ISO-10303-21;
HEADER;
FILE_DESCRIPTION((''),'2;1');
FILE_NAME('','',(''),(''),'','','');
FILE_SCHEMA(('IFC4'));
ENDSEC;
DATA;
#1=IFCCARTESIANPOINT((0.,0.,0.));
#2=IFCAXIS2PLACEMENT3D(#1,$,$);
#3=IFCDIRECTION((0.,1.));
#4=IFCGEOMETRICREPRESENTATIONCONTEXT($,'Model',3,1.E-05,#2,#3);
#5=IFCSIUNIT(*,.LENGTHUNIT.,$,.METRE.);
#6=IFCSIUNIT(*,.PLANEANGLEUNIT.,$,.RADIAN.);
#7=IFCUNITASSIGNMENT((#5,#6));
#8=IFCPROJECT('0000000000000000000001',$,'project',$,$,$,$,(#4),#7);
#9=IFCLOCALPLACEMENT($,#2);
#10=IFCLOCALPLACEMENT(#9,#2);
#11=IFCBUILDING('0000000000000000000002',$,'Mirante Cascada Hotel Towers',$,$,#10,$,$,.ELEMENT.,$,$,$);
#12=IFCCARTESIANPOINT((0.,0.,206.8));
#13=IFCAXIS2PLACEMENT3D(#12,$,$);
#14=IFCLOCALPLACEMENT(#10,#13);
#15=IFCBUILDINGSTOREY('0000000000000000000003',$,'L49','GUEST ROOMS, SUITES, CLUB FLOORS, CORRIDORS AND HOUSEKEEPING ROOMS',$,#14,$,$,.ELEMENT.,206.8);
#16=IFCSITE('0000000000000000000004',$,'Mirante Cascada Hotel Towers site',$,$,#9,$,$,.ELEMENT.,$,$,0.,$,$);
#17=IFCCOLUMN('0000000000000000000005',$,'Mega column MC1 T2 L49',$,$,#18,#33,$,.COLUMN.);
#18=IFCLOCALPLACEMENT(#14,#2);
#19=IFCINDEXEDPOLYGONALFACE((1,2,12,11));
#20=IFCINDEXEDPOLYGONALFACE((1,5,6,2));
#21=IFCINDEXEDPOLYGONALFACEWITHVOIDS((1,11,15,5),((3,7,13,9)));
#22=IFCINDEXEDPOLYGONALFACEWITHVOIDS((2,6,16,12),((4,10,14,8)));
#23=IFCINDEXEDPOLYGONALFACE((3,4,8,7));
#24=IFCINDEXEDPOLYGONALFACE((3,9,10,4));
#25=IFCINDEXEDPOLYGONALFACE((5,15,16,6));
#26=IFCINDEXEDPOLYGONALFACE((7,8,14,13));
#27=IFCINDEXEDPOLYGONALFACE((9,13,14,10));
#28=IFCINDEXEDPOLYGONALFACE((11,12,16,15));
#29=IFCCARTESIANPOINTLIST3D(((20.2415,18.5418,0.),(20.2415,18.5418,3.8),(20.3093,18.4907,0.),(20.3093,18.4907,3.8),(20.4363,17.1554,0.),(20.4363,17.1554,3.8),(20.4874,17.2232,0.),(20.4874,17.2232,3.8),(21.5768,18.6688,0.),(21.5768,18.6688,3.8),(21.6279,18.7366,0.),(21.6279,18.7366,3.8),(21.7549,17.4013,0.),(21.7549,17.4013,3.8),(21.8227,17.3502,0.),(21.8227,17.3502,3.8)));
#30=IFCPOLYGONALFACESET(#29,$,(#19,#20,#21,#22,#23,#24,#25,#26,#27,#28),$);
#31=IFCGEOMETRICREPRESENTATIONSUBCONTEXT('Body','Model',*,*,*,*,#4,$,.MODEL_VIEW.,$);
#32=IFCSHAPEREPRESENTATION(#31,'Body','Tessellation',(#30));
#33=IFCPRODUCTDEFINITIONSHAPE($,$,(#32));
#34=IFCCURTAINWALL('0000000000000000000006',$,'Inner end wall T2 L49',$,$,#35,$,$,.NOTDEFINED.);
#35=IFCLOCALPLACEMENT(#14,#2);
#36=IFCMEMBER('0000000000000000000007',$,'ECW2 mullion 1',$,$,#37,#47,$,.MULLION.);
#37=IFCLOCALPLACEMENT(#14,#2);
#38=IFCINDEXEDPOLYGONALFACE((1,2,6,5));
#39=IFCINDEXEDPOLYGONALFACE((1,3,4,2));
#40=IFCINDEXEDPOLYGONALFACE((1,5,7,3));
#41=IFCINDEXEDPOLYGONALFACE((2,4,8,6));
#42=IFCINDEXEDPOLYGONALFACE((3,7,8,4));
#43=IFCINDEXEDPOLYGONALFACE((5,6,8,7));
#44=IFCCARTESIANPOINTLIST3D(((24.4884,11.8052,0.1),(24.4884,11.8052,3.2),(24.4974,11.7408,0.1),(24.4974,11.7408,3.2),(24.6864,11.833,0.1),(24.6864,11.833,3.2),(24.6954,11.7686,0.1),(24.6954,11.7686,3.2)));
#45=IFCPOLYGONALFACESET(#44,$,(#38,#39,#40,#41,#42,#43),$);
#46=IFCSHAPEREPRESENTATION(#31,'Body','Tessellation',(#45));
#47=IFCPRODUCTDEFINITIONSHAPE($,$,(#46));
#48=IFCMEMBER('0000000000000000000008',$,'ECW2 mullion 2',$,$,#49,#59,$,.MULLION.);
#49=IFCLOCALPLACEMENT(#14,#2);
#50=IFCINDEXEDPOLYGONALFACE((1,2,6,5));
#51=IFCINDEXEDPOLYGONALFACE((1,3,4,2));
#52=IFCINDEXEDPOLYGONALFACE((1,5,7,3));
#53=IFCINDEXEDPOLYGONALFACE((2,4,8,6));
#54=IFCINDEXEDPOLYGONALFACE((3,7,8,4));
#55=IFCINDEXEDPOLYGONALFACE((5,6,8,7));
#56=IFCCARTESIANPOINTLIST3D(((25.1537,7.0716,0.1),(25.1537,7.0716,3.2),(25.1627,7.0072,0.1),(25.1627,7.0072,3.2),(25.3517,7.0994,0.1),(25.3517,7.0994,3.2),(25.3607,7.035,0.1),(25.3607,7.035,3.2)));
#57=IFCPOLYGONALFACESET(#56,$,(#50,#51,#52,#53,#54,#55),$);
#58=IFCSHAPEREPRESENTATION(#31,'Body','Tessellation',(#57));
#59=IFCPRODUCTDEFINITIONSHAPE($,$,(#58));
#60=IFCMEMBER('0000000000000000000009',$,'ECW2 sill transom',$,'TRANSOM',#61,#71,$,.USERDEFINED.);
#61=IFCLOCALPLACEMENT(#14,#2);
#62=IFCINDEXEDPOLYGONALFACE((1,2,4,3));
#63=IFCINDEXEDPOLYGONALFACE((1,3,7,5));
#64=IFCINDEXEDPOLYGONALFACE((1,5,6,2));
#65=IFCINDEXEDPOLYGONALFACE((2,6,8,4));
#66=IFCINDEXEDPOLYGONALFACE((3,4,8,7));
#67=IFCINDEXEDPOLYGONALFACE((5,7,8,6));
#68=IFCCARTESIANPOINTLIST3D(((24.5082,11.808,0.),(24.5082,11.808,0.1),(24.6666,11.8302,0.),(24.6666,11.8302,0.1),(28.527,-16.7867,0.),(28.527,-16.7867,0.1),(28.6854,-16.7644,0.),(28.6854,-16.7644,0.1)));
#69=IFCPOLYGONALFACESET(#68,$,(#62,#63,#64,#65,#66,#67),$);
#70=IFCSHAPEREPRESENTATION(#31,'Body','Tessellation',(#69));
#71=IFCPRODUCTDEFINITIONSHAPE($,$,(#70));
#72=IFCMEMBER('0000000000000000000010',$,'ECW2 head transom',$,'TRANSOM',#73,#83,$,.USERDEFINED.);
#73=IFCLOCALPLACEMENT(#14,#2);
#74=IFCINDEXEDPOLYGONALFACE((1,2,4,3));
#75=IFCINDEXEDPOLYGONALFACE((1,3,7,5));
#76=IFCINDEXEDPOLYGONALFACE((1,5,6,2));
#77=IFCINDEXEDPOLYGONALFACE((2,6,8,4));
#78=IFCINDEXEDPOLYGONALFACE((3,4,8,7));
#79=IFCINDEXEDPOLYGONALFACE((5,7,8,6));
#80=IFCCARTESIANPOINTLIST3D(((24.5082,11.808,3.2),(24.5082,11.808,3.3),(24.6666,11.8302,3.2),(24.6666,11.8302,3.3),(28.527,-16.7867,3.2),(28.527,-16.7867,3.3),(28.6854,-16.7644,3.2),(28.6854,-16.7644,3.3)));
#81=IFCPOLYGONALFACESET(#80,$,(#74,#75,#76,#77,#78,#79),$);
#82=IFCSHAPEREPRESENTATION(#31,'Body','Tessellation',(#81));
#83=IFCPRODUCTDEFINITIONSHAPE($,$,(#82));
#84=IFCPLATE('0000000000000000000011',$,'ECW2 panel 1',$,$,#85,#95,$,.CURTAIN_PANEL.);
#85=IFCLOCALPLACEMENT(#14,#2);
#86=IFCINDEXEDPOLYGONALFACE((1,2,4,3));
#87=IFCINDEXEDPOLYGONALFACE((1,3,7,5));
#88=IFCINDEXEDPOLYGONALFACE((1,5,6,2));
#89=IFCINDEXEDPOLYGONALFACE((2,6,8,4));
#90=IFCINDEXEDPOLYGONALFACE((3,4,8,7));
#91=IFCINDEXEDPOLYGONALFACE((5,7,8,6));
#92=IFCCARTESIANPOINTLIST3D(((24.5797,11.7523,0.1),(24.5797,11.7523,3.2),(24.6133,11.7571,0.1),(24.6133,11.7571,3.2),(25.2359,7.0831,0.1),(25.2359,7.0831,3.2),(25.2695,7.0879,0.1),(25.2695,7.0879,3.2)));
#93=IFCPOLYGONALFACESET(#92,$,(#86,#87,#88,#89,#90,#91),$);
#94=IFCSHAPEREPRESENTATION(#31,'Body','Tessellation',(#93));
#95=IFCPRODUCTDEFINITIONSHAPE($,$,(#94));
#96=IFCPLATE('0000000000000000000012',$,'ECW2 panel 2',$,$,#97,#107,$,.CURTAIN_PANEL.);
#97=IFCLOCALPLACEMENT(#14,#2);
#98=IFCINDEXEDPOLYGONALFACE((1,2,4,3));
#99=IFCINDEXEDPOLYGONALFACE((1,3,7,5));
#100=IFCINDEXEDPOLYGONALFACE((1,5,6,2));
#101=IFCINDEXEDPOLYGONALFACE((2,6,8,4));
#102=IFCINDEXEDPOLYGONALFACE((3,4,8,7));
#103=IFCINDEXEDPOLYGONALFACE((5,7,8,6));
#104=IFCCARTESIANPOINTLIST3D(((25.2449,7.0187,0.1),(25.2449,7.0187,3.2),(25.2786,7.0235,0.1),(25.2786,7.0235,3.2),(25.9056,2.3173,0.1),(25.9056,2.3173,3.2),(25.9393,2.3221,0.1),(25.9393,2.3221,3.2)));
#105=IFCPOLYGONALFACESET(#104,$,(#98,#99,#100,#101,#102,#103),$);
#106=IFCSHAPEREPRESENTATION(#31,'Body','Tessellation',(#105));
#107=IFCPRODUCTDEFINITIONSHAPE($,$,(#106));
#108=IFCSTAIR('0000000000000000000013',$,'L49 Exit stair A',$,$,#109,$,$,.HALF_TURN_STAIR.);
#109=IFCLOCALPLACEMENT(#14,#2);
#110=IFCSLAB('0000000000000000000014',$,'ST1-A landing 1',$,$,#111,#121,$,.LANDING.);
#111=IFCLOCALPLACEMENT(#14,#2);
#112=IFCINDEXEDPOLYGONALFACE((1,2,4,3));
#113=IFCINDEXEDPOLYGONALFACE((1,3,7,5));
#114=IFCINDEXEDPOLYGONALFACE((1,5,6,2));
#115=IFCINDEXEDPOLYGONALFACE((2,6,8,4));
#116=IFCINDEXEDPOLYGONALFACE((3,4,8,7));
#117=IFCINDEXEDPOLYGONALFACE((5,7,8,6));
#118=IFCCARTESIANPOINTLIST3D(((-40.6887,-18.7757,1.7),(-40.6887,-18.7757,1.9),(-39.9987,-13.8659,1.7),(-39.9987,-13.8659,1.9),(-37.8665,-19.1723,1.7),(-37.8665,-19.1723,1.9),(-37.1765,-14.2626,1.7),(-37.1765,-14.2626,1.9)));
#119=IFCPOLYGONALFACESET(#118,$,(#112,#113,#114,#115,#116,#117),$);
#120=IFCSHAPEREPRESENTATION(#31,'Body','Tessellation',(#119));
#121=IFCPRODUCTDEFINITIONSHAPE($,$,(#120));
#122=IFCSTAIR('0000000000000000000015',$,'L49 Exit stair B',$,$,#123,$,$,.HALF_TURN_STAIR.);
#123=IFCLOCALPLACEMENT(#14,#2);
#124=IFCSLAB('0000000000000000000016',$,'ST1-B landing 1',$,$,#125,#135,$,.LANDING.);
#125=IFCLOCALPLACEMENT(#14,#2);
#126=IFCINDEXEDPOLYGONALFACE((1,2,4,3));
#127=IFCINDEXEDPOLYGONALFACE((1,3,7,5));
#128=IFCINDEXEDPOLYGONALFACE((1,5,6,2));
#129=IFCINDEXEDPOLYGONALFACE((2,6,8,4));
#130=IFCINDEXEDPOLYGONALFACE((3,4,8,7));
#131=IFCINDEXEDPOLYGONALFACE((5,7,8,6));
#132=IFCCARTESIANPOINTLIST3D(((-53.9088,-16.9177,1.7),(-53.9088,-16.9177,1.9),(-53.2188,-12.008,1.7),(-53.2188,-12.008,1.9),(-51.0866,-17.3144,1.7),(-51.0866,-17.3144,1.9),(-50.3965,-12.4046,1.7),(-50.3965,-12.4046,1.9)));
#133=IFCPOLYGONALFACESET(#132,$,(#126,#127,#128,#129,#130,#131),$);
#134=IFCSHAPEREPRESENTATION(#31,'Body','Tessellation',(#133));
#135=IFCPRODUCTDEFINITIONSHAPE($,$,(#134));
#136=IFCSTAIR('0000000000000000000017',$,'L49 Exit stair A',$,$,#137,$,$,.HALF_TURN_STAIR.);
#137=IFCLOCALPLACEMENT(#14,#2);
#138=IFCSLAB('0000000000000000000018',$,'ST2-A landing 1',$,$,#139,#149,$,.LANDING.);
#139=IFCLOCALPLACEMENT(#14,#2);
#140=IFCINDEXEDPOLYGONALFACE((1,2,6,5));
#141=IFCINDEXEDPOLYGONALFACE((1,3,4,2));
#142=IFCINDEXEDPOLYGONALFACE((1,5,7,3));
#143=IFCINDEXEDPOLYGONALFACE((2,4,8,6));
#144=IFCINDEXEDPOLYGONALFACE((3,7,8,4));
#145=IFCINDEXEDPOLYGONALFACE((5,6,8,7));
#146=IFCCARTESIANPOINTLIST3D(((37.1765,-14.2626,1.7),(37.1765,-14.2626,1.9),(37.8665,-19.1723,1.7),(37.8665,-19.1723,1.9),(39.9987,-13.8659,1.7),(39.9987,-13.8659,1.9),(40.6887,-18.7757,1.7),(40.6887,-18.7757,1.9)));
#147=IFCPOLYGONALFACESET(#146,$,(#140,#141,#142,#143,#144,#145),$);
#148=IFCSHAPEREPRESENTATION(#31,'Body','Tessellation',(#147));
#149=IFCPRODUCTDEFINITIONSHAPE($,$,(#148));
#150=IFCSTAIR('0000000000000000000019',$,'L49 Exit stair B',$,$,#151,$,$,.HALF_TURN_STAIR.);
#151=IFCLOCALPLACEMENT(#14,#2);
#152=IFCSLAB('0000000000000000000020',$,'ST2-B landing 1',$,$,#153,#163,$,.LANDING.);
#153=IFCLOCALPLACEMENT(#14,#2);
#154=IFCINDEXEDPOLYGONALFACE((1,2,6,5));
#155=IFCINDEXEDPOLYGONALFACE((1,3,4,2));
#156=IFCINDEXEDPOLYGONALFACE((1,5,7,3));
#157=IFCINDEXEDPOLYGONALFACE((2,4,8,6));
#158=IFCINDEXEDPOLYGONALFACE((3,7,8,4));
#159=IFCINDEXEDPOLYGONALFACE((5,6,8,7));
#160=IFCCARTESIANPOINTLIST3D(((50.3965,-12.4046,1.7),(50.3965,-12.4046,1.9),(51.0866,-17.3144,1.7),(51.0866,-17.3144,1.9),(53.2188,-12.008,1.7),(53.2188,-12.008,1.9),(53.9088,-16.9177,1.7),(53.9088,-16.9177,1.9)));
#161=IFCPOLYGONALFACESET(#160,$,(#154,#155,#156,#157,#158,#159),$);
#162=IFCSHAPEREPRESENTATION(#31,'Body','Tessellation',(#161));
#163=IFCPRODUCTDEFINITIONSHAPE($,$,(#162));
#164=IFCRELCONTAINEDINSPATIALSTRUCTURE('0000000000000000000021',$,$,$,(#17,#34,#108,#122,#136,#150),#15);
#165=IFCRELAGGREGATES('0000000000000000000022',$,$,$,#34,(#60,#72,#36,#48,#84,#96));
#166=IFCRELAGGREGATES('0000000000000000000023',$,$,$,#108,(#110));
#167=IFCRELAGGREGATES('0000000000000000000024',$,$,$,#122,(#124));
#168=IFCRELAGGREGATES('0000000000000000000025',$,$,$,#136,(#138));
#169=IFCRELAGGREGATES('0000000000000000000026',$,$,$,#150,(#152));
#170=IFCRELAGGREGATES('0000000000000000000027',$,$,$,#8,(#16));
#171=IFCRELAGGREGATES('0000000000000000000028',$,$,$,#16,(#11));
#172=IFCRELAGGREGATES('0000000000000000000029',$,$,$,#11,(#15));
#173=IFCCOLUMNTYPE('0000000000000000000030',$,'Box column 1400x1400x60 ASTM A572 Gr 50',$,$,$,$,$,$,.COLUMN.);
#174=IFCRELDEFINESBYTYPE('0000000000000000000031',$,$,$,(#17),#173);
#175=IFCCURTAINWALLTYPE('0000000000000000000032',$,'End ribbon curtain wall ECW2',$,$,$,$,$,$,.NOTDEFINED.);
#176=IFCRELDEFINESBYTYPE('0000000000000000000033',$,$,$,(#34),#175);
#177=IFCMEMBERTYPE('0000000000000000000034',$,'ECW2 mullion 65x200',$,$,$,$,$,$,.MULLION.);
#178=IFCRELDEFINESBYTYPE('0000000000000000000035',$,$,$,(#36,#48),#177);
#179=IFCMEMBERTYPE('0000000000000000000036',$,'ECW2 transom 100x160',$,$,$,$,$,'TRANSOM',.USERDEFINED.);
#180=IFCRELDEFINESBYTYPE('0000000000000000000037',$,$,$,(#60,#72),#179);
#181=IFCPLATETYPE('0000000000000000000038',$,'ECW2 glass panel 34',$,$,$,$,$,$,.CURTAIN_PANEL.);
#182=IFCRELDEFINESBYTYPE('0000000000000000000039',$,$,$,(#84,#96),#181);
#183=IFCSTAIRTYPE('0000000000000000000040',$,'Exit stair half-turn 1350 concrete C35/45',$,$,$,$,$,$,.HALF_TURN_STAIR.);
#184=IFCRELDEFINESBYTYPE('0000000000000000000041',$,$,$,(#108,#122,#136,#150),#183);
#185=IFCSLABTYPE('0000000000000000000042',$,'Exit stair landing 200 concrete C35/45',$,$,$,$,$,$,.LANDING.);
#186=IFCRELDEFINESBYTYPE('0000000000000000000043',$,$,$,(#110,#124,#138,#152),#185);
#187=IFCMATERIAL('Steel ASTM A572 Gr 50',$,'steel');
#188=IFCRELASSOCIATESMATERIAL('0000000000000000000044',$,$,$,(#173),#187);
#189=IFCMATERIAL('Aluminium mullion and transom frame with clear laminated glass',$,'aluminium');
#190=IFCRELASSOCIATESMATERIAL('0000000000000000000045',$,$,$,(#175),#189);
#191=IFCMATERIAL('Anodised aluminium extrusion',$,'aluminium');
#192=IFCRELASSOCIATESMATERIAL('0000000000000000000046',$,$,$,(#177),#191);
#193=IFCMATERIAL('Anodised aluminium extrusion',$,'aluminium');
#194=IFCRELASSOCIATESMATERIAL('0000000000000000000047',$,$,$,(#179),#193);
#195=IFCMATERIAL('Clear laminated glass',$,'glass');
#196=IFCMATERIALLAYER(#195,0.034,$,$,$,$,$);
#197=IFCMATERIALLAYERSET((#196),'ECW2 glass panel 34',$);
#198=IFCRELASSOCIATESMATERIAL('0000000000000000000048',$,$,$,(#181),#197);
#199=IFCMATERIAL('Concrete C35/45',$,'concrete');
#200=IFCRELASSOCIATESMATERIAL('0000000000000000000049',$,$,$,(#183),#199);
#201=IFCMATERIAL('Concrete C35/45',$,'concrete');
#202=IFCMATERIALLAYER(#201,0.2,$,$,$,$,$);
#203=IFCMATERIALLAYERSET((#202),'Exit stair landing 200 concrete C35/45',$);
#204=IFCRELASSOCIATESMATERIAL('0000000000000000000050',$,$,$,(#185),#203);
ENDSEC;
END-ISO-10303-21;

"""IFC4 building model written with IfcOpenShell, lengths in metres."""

from ifc_helpers import new_model, si_unit, direction, frame, origin, origin_2d, place, context, subcontext, project, spatial, polyline, rectangle, hollow_rectangle, outline, extrude, material, layer, layer_set, material_profile, profile_set, type_object, element, aggregate, save


model = new_model("IFC4")

# Units and contexts
model_context = context("Model", 3, precision=1e-05, world=origin(), true_north=direction((0.0, 1.0)))
body_context = subcontext(model_context, "Body", "Model", "MODEL_VIEW")
ifc_project = project(units=[si_unit("LENGTHUNIT", "METRE"), si_unit("PLANEANGLEUNIT", "RADIAN")], contexts=[model_context])

# Site, building, storey
site_placement = place(None, origin())
site = spatial("IfcSite", under=ifc_project, at=site_placement, Name="Mirante Cascada Hotel Towers site", CompositionType="ELEMENT", RefElevation=0.0)
building_placement = place(site_placement, origin())
building = spatial("IfcBuilding", under=site, at=building_placement, Name="Mirante Cascada Hotel Towers", CompositionType="ELEMENT")
storey_placement = place(building_placement, frame((0.0, 0.0, 206.8)))
storey = spatial("IfcBuildingStorey", under=building, at=storey_placement, Name="L49", Description="GUEST ROOMS, SUITES, CLUB FLOORS, CORRIDORS AND HOUSEKEEPING ROOMS", CompositionType="ELEMENT", Elevation=206.8)

# Column
ifc_material_1 = material(Name="Steel ASTM A572 Gr 50", Category="steel")
ifc_material_profile_1 = material_profile(ifc_material_1, hollow_rectangle(XDim=1.4, YDim=1.4, WallThickness=0.06, at=origin_2d()), Name="Box column 1400x1400x60 ASTM A572 Gr 50")
ifc_profile_set_1 = profile_set([ifc_material_profile_1], Name="Steel ASTM A572 Gr 50")
column_type = type_object("IfcColumnType", Name="Box column 1400x1400x60 ASTM A572 Gr 50", PredefinedType="COLUMN", material=ifc_profile_set_1)
column_placement = place(storey_placement, frame((21.0321, 17.946, 0.0), z_axis=(0.0, 0.0, 1.0), x_axis=(0.990268, 0.139173, 0.0)))
element("IfcColumn", 1, at=column_placement, inside=storey, type_object=column_type, Name="Mega column MC1 T2 L49", PredefinedType="COLUMN", context=body_context, shape_type="SweptSolid", body=[
    extrude(hollow_rectangle(XDim=1.4, YDim=1.4, WallThickness=0.06, at=origin_2d()), origin(), (0.0, 0.0, 1.0), 3.8),
])

# Curtain wall, members, plates
ifc_material_2 = material(Name="Aluminium mullion and transom frame with clear laminated glass", Category="aluminium")
curtain_wall_type = type_object("IfcCurtainWallType", Name="End ribbon curtain wall ECW2", PredefinedType="NOTDEFINED", material=ifc_material_2)
curtain_wall_placement = place(storey_placement, origin())
curtain_wall = element("IfcCurtainWall", 2, at=curtain_wall_placement, inside=storey, type_object=curtain_wall_type, Name="Inner end wall T2 L49", PredefinedType="NOTDEFINED")
ifc_material_3 = material(Name="Anodised aluminium extrusion", Category="aluminium")
ifc_material_profile_2 = material_profile(ifc_material_3, rectangle(XDim=0.2, YDim=0.065, at=origin_2d()), Name="ECW2 MULLION 65x200")
ifc_profile_set_2 = profile_set([ifc_material_profile_2], Name="Anodised aluminium extrusion")
member_type_1 = type_object("IfcMemberType", Name="ECW2 mullion 65x200", PredefinedType="MULLION", material=ifc_profile_set_2)
member_1_placement = place(storey_placement, frame((24.5919, 11.7869, 0.1), z_axis=(0.0, 0.0, 1.0), x_axis=(0.990268, 0.139173, 0.0)))
member_1 = element("IfcMember", 3, at=member_1_placement, type_object=member_type_1, Name="ECW2 mullion 1", PredefinedType="MULLION", context=body_context, shape_type="SweptSolid", body=[
    extrude(rectangle(XDim=0.2, YDim=0.065, at=origin_2d()), origin(), (0.0, 0.0, 1.0), 3.1),
])
member_2_placement = place(storey_placement, frame((25.2572, 7.0533, 0.1), z_axis=(0.0, 0.0, 1.0), x_axis=(0.990268, 0.139173, 0.0)))
member_2 = element("IfcMember", 4, at=member_2_placement, type_object=member_type_1, Name="ECW2 mullion 2", PredefinedType="MULLION", context=body_context, shape_type="SweptSolid", body=[
    extrude(rectangle(XDim=0.2, YDim=0.065, at=origin_2d()), origin(), (0.0, 0.0, 1.0), 3.1),
])
ifc_material_4 = material(Name="Anodised aluminium extrusion", Category="aluminium")
ifc_material_profile_3 = material_profile(ifc_material_4, rectangle(XDim=0.16, YDim=0.1, at=origin_2d()), Name="ECW2 TRANSOM 100x160")
ifc_profile_set_3 = profile_set([ifc_material_profile_3], Name="Anodised aluminium extrusion")
member_type_2 = type_object("IfcMemberType", Name="ECW2 transom 100x160", ElementType="TRANSOM", PredefinedType="USERDEFINED", material=ifc_profile_set_3)
member_3_placement = place(storey_placement, frame((24.5874, 11.8191, 0.05), z_axis=(0.139176, -0.990268, 0.0), x_axis=(0.990268, 0.139176, 0.0)))
member_3 = element("IfcMember", 5, at=member_3_placement, type_object=member_type_2, Name="ECW2 sill transom", ObjectType="TRANSOM", PredefinedType="USERDEFINED", context=body_context, shape_type="SweptSolid", body=[
    extrude(rectangle(XDim=0.16, YDim=0.1, at=origin_2d()), origin(), (0.0, 0.0, 1.0), 28.8757),
])
member_4_placement = place(storey_placement, frame((24.5874, 11.8191, 3.25), z_axis=(0.139176, -0.990268, 0.0), x_axis=(0.990268, 0.139176, 0.0)))
member_4 = element("IfcMember", 6, at=member_4_placement, type_object=member_type_2, Name="ECW2 head transom", ObjectType="TRANSOM", PredefinedType="USERDEFINED", context=body_context, shape_type="SweptSolid", body=[
    extrude(rectangle(XDim=0.16, YDim=0.1, at=origin_2d()), origin(), (0.0, 0.0, 1.0), 28.8757),
])
ifc_material_5 = material(Name="Clear laminated glass", Category="glass")
ifc_layer_1 = layer(ifc_material_5, 0.034)
ifc_layer_set_1 = layer_set([ifc_layer_1], Name="ECW2 glass panel 34")
plate_type = type_object("IfcPlateType", Name="ECW2 glass panel 34", PredefinedType="CURTAIN_PANEL", material=ifc_layer_set_1)
plate_1_placement = place(storey_placement, frame((24.9246, 9.4201, 0.1), z_axis=(0.0, 0.0, 1.0), x_axis=(0.139173, -0.990268, 0.0)))
plate_1 = element("IfcPlate", 7, at=plate_1_placement, type_object=plate_type, Name="ECW2 panel 1", PredefinedType="CURTAIN_PANEL", context=body_context, shape_type="SweptSolid", body=[
    extrude(rectangle(XDim=4.7151, YDim=0.034, at=origin_2d()), origin(), (0.0, 0.0, 1.0), 3.1),
])
plate_2_placement = place(storey_placement, frame((25.5921, 4.6704, 0.1), z_axis=(0.0, 0.0, 1.0), x_axis=(0.139173, -0.990268, 0.0)))
plate_2 = element("IfcPlate", 8, at=plate_2_placement, type_object=plate_type, Name="ECW2 panel 2", PredefinedType="CURTAIN_PANEL", context=body_context, shape_type="SweptSolid", body=[
    extrude(rectangle(XDim=4.7476, YDim=0.034, at=origin_2d()), origin(), (0.0, 0.0, 1.0), 3.1),
])
aggregate(curtain_wall, [member_3, member_4, member_1, member_2, plate_1, plate_2])

# Stairs, slabs
ifc_material_6 = material(Name="Concrete C35/45", Category="concrete")
stair_type = type_object("IfcStairType", Name="Exit stair half-turn 1350 concrete C35/45", PredefinedType="HALF_TURN_STAIR", material=ifc_material_6)
stair_1_placement = place(storey_placement, origin())
stair_1 = element("IfcStair", 9, at=stair_1_placement, inside=storey, type_object=stair_type, Name="L49 Exit stair A", PredefinedType="HALF_TURN_STAIR")
ifc_material_7 = material(Name="Concrete C35/45", Category="concrete")
ifc_layer_2 = layer(ifc_material_7, 0.2)
ifc_layer_set_2 = layer_set([ifc_layer_2], Name="Exit stair landing 200 concrete C35/45")
slab_type = type_object("IfcSlabType", Name="Exit stair landing 200 concrete C35/45", PredefinedType="LANDING", material=ifc_layer_set_2)
slab_1_placement = place(storey_placement, frame((0.0, 0.0, 1.7)))
slab_1 = element("IfcSlab", 10, at=slab_1_placement, type_object=slab_type, Name="ST1-A landing 1", PredefinedType="LANDING", context=body_context, shape_type="SweptSolid", body=[
    extrude(outline(polyline([(-39.9987, -13.8659), (-40.6887, -18.7757), (-37.8665, -19.1723), (-37.1765, -14.2626), (-39.9987, -13.8659)])), origin(), (0.0, 0.0, 1.0), 0.2),
])
aggregate(stair_1, [slab_1])
stair_2_placement = place(storey_placement, origin())
stair_2 = element("IfcStair", 11, at=stair_2_placement, inside=storey, type_object=stair_type, Name="L49 Exit stair B", PredefinedType="HALF_TURN_STAIR")
slab_2_placement = place(storey_placement, frame((0.0, 0.0, 1.7)))
slab_2 = element("IfcSlab", 12, at=slab_2_placement, type_object=slab_type, Name="ST1-B landing 1", PredefinedType="LANDING", context=body_context, shape_type="SweptSolid", body=[
    extrude(outline(polyline([(-53.2188, -12.008), (-53.9088, -16.9177), (-51.0866, -17.3144), (-50.3965, -12.4046), (-53.2188, -12.008)])), origin(), (0.0, 0.0, 1.0), 0.2),
])
aggregate(stair_2, [slab_2])
stair_3_placement = place(storey_placement, origin())
stair_3 = element("IfcStair", 13, at=stair_3_placement, inside=storey, type_object=stair_type, Name="L49 Exit stair A", PredefinedType="HALF_TURN_STAIR")
slab_3_placement = place(storey_placement, frame((0.0, 0.0, 1.7)))
slab_3 = element("IfcSlab", 14, at=slab_3_placement, type_object=slab_type, Name="ST2-A landing 1", PredefinedType="LANDING", context=body_context, shape_type="SweptSolid", body=[
    extrude(outline(polyline([(37.1765, -14.2626), (37.8665, -19.1723), (40.6887, -18.7757), (39.9987, -13.8659), (37.1765, -14.2626)])), origin(), (0.0, 0.0, 1.0), 0.2),
])
aggregate(stair_3, [slab_3])
stair_4_placement = place(storey_placement, origin())
stair_4 = element("IfcStair", 15, at=stair_4_placement, inside=storey, type_object=stair_type, Name="L49 Exit stair B", PredefinedType="HALF_TURN_STAIR")
slab_4_placement = place(storey_placement, frame((0.0, 0.0, 1.7)))
slab_4 = element("IfcSlab", 16, at=slab_4_placement, type_object=slab_type, Name="ST2-B landing 1", PredefinedType="LANDING", context=body_context, shape_type="SweptSolid", body=[
    extrude(outline(polyline([(50.3965, -12.4046), (51.0866, -17.3144), (53.9088, -16.9177), (53.2188, -12.008), (50.3965, -12.4046)])), origin(), (0.0, 0.0, 1.0), 0.2),
])
aggregate(stair_4, [slab_4])

save(model, "model.ifc")
